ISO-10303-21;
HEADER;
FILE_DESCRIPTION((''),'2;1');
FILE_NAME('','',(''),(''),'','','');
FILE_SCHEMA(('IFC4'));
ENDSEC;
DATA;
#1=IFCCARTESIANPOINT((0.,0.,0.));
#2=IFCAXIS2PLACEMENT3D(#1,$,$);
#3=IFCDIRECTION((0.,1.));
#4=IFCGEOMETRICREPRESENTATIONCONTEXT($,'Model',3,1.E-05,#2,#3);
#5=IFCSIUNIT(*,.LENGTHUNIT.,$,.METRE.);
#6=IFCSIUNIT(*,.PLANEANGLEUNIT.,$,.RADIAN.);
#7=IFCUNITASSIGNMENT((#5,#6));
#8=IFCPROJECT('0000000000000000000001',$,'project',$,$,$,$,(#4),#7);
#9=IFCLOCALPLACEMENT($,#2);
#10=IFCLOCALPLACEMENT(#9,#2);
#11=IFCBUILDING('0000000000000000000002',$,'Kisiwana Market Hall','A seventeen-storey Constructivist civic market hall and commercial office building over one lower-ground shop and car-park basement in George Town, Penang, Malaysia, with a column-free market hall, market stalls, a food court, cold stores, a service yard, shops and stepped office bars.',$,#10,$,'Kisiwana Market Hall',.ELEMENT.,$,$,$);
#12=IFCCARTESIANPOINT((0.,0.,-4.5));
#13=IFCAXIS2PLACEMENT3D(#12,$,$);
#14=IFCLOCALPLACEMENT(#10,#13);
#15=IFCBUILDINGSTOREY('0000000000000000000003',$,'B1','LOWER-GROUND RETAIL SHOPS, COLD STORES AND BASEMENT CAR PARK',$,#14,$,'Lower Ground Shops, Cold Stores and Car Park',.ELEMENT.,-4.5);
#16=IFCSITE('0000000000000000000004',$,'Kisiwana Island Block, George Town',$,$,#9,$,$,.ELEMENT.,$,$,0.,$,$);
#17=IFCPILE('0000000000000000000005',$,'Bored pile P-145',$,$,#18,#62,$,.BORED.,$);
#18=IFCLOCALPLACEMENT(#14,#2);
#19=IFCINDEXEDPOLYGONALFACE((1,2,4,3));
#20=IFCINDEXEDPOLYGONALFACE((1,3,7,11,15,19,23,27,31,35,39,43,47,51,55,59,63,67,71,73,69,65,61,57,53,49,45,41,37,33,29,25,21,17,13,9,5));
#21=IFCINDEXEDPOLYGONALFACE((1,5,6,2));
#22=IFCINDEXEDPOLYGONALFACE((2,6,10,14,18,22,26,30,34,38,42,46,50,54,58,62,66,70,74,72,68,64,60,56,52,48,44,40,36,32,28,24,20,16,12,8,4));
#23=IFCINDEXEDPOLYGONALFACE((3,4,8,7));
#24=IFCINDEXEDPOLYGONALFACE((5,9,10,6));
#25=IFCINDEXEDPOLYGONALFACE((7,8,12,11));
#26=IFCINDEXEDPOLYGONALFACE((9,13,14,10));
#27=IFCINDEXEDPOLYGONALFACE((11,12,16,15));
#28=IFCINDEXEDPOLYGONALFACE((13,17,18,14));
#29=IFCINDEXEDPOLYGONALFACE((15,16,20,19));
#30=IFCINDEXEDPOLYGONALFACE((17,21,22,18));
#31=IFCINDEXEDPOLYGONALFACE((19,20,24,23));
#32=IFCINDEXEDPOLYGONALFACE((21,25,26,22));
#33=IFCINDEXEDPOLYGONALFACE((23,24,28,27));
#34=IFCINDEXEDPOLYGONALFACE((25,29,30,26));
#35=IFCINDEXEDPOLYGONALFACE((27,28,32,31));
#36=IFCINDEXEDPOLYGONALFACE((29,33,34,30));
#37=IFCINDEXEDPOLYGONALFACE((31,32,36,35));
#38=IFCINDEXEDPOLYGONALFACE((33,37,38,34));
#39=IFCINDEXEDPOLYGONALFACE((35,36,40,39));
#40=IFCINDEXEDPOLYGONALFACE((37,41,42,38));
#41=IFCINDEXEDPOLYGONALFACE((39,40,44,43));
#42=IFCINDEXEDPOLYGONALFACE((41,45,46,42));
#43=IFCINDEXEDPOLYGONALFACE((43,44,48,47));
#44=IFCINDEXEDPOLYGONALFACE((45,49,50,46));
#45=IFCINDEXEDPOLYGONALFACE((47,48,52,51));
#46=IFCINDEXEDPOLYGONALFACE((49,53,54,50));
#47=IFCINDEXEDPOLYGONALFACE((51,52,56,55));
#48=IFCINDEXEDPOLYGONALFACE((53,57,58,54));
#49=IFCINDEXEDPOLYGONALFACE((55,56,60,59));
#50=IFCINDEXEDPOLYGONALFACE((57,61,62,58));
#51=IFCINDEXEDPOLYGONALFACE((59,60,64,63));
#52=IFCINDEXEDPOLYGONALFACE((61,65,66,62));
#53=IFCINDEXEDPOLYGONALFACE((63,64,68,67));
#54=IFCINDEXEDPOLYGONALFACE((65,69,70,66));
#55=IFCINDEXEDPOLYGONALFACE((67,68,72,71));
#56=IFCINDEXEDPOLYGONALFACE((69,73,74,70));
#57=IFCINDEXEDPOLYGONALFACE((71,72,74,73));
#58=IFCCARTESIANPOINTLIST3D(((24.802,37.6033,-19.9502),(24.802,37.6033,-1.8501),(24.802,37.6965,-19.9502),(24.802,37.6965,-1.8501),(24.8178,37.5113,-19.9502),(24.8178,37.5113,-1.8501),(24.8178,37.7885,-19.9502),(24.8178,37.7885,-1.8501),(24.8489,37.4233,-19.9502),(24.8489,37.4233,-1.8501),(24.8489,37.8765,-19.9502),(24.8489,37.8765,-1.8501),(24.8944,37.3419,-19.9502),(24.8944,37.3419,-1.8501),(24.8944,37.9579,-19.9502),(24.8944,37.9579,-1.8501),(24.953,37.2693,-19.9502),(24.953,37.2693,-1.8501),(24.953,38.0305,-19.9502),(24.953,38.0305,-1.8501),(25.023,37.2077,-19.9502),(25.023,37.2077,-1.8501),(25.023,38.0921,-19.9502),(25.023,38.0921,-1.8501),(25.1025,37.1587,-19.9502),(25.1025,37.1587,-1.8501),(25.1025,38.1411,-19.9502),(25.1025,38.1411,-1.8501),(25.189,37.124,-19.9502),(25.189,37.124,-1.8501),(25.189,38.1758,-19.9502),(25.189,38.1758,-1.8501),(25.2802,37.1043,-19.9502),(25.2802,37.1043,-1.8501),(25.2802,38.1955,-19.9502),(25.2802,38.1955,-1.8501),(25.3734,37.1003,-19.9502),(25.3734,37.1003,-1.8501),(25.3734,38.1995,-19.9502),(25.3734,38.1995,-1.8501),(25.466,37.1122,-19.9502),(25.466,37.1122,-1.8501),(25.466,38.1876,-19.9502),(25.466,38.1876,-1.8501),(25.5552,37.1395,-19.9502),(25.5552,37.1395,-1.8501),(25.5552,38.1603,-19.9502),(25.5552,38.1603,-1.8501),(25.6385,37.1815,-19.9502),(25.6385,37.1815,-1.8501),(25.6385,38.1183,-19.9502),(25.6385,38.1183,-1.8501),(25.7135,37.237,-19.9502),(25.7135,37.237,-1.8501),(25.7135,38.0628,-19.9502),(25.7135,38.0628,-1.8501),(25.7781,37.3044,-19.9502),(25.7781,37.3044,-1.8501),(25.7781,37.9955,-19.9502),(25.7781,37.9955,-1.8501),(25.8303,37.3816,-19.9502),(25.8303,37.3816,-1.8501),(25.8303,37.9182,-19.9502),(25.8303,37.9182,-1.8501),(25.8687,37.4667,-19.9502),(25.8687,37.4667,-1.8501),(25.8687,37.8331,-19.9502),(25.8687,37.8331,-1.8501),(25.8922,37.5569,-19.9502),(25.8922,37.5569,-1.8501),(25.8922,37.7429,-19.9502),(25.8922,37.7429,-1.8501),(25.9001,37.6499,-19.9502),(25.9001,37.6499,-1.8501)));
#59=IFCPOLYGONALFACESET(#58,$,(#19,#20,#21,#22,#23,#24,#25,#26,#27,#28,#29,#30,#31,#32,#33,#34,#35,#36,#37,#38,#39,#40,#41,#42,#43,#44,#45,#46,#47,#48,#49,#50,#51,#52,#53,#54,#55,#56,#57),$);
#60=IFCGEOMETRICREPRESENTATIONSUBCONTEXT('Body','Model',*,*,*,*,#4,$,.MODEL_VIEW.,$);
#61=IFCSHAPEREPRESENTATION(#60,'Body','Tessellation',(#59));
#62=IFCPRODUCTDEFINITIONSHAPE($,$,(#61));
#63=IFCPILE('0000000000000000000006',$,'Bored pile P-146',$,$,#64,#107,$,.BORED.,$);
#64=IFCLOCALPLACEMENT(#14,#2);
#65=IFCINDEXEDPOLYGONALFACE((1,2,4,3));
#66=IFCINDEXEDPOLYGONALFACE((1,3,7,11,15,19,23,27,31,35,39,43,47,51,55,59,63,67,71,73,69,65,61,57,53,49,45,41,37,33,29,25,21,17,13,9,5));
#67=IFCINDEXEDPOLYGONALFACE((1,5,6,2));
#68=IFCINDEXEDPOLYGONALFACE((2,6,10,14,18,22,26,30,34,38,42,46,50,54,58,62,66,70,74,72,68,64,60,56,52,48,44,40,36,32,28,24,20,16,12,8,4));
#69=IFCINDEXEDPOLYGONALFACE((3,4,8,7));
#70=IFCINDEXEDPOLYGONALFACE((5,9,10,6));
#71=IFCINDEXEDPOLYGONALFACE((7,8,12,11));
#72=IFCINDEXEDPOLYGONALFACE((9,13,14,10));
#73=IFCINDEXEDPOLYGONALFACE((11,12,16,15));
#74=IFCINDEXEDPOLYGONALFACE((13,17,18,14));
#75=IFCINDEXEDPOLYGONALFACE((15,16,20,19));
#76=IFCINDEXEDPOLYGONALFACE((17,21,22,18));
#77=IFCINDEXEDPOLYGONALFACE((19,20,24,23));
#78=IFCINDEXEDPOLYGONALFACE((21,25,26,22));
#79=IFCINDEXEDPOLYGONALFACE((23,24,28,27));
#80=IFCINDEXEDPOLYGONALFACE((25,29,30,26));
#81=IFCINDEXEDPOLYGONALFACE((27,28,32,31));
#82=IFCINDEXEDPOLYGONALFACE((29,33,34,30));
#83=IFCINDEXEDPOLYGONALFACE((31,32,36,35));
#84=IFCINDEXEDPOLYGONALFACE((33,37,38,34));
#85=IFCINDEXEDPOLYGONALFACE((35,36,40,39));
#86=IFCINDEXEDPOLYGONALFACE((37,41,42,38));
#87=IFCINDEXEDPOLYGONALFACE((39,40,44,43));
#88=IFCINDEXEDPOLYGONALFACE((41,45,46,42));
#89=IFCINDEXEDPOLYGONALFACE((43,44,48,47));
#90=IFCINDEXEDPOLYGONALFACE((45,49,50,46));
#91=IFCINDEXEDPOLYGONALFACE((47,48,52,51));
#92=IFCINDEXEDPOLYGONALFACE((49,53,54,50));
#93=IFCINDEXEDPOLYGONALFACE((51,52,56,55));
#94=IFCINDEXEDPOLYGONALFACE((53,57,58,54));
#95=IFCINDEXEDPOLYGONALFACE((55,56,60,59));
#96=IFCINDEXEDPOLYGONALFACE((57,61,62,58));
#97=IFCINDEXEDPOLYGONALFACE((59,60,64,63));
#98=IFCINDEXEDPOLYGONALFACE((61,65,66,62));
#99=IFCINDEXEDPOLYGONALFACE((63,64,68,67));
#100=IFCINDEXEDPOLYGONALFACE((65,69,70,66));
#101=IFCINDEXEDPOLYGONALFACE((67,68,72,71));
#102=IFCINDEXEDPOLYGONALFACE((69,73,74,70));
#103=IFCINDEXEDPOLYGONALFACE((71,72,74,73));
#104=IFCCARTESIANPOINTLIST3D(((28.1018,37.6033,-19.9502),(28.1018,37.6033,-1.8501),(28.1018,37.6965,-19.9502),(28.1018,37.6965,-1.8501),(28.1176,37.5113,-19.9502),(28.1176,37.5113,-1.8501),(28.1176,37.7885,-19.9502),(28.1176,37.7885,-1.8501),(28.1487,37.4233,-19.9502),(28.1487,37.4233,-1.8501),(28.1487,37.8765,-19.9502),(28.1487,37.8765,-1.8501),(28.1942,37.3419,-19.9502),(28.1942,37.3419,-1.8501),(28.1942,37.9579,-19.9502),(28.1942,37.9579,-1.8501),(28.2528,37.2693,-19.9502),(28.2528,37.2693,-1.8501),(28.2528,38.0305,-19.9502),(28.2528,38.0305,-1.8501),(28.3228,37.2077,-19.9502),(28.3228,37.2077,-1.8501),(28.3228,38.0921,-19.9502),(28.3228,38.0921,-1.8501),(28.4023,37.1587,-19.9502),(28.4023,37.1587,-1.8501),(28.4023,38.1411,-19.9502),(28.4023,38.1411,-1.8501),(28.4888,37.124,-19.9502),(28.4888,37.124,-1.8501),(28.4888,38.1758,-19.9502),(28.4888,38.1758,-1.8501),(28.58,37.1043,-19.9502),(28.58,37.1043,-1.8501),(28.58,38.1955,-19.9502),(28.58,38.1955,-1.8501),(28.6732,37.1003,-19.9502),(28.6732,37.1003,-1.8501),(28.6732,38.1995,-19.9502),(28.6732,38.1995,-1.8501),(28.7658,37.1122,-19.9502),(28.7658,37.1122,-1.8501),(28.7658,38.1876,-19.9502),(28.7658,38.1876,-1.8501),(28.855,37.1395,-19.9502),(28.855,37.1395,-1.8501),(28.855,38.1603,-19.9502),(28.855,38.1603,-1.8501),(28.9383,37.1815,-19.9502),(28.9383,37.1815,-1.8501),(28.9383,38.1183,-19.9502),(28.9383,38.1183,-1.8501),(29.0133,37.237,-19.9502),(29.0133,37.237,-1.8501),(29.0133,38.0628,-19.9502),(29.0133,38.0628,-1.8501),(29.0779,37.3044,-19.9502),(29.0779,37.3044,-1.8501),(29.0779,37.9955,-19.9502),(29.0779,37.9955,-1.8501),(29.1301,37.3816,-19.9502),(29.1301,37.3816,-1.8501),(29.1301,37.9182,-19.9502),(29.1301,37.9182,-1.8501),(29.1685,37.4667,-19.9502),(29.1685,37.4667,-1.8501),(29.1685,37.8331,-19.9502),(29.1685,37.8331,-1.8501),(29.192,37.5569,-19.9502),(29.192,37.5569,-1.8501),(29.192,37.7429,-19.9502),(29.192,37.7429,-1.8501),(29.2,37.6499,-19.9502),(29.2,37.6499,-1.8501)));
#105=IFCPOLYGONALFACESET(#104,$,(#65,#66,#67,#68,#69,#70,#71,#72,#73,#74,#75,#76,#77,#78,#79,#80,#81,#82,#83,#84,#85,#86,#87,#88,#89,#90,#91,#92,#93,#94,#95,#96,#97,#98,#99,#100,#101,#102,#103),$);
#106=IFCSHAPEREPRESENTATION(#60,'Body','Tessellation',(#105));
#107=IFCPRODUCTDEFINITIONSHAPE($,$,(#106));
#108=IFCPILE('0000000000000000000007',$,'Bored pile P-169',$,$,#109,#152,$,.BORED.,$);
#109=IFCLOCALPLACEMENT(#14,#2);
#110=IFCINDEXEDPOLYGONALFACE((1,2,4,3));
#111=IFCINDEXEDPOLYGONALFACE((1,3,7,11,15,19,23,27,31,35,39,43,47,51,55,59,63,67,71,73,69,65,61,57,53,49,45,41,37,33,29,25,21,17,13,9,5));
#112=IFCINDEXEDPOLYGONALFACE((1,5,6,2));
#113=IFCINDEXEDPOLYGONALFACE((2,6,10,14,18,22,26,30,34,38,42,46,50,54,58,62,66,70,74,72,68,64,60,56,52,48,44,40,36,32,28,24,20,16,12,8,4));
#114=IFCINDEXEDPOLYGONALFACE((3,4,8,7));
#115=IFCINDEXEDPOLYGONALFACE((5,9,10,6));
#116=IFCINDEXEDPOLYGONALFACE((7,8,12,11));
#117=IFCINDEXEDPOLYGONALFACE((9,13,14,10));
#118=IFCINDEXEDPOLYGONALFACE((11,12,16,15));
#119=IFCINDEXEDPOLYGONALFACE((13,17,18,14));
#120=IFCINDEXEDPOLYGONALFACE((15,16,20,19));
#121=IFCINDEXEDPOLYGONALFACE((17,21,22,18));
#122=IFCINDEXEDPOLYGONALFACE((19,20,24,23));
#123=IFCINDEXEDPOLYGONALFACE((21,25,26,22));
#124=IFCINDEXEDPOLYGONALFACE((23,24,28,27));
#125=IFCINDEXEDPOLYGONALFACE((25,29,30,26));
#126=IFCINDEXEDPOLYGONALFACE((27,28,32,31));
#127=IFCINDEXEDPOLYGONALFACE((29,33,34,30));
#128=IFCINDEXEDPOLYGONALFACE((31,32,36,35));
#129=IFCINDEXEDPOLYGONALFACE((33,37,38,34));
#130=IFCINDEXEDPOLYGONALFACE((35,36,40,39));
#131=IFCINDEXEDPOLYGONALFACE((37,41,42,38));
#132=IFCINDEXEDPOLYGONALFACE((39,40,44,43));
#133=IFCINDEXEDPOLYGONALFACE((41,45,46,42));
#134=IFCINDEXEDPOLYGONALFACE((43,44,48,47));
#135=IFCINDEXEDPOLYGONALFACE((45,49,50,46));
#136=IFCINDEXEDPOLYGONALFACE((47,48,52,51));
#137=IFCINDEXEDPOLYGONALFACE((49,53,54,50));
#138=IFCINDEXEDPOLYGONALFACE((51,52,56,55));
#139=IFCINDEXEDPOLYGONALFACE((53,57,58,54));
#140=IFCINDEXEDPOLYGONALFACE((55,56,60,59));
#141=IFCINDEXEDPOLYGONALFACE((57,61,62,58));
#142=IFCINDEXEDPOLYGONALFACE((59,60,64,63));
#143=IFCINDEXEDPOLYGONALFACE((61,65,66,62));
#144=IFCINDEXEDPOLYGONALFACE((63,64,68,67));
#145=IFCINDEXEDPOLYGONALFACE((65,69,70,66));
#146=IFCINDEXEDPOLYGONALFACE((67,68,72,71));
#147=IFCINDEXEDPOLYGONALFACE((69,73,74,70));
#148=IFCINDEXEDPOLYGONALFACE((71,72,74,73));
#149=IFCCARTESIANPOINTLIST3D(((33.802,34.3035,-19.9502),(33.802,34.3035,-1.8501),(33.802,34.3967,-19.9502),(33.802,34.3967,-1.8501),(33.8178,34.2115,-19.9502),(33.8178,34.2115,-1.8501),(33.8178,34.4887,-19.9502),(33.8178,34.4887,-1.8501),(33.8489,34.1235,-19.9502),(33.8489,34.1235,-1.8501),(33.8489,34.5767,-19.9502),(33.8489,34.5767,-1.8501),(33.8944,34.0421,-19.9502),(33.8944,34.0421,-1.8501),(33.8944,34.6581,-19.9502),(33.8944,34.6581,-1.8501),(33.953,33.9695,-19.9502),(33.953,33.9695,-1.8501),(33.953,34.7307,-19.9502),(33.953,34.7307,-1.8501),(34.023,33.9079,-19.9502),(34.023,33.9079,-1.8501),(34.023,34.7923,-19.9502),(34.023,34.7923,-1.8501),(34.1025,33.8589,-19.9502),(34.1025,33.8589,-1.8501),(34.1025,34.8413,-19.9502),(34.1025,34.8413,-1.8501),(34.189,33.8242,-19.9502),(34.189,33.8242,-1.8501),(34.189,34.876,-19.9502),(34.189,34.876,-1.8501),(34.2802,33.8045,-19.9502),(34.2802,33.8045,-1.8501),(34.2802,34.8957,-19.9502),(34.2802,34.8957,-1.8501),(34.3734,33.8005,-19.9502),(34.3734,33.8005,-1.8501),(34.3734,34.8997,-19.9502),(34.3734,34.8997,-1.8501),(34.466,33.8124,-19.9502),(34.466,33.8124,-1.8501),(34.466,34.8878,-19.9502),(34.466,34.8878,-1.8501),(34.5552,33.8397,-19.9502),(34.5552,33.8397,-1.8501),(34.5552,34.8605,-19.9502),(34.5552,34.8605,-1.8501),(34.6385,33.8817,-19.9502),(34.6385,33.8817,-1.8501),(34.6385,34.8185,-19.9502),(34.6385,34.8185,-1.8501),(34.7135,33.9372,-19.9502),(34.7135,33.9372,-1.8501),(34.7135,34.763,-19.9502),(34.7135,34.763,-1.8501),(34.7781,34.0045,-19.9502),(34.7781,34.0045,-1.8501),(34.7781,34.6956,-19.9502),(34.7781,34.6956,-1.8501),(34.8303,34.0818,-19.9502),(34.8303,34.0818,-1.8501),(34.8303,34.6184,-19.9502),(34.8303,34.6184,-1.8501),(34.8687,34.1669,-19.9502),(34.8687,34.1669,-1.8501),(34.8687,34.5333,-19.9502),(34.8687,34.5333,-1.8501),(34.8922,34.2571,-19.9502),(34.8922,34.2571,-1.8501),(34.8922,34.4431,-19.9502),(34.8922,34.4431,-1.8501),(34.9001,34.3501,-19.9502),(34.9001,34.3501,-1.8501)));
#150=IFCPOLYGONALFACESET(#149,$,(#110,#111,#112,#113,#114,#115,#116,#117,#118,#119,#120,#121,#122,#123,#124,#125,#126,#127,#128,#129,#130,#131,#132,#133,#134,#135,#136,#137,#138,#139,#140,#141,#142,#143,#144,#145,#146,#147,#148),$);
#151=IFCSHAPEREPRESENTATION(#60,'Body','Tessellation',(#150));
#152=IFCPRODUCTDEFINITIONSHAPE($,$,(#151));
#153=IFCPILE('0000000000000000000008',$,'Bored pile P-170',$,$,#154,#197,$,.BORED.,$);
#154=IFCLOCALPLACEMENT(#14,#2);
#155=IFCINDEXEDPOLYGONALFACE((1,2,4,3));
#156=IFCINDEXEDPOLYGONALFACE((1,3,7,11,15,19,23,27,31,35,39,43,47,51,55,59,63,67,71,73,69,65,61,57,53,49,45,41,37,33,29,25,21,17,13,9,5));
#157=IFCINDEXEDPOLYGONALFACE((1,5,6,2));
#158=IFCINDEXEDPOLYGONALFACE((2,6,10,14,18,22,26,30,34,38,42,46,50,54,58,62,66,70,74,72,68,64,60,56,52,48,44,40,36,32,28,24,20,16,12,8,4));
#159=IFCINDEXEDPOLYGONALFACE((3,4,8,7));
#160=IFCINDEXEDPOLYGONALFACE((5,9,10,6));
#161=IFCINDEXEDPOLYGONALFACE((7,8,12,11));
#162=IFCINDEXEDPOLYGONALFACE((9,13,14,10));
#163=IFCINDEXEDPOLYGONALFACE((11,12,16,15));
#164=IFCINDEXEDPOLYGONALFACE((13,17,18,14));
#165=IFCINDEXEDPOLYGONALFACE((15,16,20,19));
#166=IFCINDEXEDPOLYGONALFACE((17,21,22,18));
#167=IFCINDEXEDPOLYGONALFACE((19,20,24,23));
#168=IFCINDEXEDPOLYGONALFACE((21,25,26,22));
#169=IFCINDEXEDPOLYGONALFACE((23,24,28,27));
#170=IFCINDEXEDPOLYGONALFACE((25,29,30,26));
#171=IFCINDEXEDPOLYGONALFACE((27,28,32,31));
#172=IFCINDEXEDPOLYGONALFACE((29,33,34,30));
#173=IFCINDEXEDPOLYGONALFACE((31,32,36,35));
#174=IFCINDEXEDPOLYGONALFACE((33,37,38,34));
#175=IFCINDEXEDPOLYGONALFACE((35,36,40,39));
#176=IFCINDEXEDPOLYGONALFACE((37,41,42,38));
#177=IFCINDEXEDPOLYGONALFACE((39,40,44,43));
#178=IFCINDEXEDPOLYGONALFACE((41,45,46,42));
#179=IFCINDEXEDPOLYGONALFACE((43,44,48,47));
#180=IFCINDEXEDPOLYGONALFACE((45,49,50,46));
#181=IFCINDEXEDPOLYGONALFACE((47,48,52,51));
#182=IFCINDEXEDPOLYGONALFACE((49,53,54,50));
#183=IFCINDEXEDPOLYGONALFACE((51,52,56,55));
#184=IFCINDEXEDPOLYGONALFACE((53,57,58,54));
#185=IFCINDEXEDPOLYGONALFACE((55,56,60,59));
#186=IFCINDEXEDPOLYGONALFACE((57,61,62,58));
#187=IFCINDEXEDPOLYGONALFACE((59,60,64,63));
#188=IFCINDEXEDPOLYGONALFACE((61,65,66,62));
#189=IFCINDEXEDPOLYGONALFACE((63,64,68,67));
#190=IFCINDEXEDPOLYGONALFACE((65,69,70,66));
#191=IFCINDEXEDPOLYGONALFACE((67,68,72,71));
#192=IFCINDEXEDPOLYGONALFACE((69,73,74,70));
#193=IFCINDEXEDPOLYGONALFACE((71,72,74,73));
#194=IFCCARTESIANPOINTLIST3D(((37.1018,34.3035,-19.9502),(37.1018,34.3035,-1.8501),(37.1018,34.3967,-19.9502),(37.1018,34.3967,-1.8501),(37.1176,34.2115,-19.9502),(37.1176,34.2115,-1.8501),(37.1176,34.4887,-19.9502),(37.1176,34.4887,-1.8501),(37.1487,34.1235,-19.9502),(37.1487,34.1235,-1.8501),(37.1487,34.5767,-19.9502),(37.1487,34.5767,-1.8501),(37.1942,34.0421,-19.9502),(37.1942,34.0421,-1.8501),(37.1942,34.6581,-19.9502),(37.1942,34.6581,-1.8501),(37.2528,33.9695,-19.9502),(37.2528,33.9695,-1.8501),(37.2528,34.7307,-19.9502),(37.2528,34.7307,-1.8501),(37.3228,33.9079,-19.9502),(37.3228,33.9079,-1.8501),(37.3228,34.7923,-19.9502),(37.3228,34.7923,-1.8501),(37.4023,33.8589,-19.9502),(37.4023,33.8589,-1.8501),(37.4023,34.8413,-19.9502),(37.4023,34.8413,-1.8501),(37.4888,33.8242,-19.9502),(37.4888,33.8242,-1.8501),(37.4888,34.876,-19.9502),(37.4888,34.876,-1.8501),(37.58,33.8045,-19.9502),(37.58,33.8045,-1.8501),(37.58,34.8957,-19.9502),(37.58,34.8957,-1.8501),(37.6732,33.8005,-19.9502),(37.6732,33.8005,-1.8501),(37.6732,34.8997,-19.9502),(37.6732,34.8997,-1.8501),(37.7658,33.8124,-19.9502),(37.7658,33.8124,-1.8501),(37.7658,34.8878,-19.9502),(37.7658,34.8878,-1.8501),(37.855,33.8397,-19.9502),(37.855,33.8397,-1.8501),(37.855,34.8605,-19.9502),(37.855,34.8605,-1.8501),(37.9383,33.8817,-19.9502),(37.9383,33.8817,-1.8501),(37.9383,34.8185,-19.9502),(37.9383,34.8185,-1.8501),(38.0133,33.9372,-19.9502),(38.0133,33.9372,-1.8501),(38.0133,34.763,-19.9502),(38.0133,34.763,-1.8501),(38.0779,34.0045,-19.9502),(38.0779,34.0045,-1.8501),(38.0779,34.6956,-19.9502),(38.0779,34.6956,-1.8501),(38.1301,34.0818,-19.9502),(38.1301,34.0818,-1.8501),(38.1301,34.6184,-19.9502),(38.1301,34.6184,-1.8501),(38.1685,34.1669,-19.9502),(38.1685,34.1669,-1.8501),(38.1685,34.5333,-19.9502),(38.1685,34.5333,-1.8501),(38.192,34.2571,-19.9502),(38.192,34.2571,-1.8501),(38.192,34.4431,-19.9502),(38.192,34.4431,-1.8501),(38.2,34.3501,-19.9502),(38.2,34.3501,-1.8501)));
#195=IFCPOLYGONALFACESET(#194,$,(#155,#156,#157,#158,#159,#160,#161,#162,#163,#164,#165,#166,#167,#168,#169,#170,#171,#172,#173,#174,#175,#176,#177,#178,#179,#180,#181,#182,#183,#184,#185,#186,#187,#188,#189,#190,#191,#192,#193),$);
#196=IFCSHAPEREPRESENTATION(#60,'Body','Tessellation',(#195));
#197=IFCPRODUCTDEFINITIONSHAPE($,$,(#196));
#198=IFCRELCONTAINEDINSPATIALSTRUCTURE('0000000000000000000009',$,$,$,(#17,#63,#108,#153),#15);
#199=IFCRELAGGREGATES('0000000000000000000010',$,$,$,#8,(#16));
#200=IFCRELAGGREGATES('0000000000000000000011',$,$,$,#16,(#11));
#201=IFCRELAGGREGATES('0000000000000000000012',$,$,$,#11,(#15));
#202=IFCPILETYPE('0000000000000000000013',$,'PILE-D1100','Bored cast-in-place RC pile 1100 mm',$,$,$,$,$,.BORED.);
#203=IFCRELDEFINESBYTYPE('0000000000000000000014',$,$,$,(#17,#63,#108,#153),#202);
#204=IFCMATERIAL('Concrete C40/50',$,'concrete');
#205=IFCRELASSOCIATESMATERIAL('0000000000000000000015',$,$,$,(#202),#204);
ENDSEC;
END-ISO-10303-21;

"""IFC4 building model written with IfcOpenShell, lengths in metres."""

from ifc_helpers import new_model, si_unit, direction, frame, origin, origin_2d, place, context, subcontext, project, spatial, circle, extrude, material, material_profile, profile_set, type_object, element, save


model = new_model("IFC4")

# Units and contexts
model_context = context("Model", 3, precision=1e-05, world=origin(), true_north=direction((0.0, 1.0)))
body_context = subcontext(model_context, "Body", "Model", "MODEL_VIEW")
ifc_project = project(units=[si_unit("LENGTHUNIT", "METRE"), si_unit("PLANEANGLEUNIT", "RADIAN")], contexts=[model_context])

# Site, building, storey
site_placement = place(None, origin())
site = spatial("IfcSite", under=ifc_project, at=site_placement, Name="Kisiwana Island Block, George Town", CompositionType="ELEMENT", RefElevation=0.0)
building_placement = place(site_placement, origin())
building = spatial("IfcBuilding", under=site, at=building_placement, Name="Kisiwana Market Hall", Description="A seventeen-storey Constructivist civic market hall and commercial office building over one lower-ground shop and car-park basement in George Town, Penang, Malaysia, with a column-free market hall, market stalls, a food court, cold stores, a service yard, shops and stepped office bars.", LongName="Kisiwana Market Hall", CompositionType="ELEMENT")
storey_placement = place(building_placement, frame((0.0, 0.0, -4.5)))
storey = spatial("IfcBuildingStorey", under=building, at=storey_placement, Name="B1", Description="LOWER-GROUND RETAIL SHOPS, COLD STORES AND BASEMENT CAR PARK", LongName="Lower Ground Shops, Cold Stores and Car Park", CompositionType="ELEMENT", Elevation=-4.5)

# Piles
ifc_material_1 = material(Name="Concrete C40/50", Category="concrete")
ifc_material_profile_1 = material_profile(ifc_material_1, circle(Radius=0.55, at=origin_2d()), Name="BP D1100")
ifc_profile_set_1 = profile_set([ifc_material_profile_1], Name="Concrete C40/50")
pile_type_1 = type_object("IfcPileType", Name="PILE-D1100", Description="Bored cast-in-place RC pile 1100 mm", PredefinedType="BORED", material=ifc_profile_set_1)
for number, where, z_axis, x_axis, name in (
    (1, (25.3501, 37.6499, -1.8501), (0.0, 0.0, -1.0), (1.0, 0.0, 0.0), "Bored pile P-145"),
    (2, (28.6499, 37.6499, -1.8501), (0.0, 0.0, -1.0), (1.0, 0.0, 0.0), "Bored pile P-146"),
    (3, (34.3501, 34.3501, -1.8501), (0.0, 0.0, -1.0), (1.0, 0.0, 0.0), "Bored pile P-169"),
    (4, (37.6499, 34.3501, -1.8501), (0.0, 0.0, -1.0), (1.0, 0.0, 0.0), "Bored pile P-170"),
):
    element("IfcPile", number, at=place(storey_placement, frame(where, z_axis=z_axis, x_axis=x_axis)), inside=storey, type_object=pile_type_1, Name=name, PredefinedType="BORED", context=body_context, shape_type="SweptSolid", body=[
        extrude(circle(Radius=0.55, at=origin_2d()), origin(), (0.0, 0.0, 1.0), 18.1001),
    ])

save(model, "model.ifc")
